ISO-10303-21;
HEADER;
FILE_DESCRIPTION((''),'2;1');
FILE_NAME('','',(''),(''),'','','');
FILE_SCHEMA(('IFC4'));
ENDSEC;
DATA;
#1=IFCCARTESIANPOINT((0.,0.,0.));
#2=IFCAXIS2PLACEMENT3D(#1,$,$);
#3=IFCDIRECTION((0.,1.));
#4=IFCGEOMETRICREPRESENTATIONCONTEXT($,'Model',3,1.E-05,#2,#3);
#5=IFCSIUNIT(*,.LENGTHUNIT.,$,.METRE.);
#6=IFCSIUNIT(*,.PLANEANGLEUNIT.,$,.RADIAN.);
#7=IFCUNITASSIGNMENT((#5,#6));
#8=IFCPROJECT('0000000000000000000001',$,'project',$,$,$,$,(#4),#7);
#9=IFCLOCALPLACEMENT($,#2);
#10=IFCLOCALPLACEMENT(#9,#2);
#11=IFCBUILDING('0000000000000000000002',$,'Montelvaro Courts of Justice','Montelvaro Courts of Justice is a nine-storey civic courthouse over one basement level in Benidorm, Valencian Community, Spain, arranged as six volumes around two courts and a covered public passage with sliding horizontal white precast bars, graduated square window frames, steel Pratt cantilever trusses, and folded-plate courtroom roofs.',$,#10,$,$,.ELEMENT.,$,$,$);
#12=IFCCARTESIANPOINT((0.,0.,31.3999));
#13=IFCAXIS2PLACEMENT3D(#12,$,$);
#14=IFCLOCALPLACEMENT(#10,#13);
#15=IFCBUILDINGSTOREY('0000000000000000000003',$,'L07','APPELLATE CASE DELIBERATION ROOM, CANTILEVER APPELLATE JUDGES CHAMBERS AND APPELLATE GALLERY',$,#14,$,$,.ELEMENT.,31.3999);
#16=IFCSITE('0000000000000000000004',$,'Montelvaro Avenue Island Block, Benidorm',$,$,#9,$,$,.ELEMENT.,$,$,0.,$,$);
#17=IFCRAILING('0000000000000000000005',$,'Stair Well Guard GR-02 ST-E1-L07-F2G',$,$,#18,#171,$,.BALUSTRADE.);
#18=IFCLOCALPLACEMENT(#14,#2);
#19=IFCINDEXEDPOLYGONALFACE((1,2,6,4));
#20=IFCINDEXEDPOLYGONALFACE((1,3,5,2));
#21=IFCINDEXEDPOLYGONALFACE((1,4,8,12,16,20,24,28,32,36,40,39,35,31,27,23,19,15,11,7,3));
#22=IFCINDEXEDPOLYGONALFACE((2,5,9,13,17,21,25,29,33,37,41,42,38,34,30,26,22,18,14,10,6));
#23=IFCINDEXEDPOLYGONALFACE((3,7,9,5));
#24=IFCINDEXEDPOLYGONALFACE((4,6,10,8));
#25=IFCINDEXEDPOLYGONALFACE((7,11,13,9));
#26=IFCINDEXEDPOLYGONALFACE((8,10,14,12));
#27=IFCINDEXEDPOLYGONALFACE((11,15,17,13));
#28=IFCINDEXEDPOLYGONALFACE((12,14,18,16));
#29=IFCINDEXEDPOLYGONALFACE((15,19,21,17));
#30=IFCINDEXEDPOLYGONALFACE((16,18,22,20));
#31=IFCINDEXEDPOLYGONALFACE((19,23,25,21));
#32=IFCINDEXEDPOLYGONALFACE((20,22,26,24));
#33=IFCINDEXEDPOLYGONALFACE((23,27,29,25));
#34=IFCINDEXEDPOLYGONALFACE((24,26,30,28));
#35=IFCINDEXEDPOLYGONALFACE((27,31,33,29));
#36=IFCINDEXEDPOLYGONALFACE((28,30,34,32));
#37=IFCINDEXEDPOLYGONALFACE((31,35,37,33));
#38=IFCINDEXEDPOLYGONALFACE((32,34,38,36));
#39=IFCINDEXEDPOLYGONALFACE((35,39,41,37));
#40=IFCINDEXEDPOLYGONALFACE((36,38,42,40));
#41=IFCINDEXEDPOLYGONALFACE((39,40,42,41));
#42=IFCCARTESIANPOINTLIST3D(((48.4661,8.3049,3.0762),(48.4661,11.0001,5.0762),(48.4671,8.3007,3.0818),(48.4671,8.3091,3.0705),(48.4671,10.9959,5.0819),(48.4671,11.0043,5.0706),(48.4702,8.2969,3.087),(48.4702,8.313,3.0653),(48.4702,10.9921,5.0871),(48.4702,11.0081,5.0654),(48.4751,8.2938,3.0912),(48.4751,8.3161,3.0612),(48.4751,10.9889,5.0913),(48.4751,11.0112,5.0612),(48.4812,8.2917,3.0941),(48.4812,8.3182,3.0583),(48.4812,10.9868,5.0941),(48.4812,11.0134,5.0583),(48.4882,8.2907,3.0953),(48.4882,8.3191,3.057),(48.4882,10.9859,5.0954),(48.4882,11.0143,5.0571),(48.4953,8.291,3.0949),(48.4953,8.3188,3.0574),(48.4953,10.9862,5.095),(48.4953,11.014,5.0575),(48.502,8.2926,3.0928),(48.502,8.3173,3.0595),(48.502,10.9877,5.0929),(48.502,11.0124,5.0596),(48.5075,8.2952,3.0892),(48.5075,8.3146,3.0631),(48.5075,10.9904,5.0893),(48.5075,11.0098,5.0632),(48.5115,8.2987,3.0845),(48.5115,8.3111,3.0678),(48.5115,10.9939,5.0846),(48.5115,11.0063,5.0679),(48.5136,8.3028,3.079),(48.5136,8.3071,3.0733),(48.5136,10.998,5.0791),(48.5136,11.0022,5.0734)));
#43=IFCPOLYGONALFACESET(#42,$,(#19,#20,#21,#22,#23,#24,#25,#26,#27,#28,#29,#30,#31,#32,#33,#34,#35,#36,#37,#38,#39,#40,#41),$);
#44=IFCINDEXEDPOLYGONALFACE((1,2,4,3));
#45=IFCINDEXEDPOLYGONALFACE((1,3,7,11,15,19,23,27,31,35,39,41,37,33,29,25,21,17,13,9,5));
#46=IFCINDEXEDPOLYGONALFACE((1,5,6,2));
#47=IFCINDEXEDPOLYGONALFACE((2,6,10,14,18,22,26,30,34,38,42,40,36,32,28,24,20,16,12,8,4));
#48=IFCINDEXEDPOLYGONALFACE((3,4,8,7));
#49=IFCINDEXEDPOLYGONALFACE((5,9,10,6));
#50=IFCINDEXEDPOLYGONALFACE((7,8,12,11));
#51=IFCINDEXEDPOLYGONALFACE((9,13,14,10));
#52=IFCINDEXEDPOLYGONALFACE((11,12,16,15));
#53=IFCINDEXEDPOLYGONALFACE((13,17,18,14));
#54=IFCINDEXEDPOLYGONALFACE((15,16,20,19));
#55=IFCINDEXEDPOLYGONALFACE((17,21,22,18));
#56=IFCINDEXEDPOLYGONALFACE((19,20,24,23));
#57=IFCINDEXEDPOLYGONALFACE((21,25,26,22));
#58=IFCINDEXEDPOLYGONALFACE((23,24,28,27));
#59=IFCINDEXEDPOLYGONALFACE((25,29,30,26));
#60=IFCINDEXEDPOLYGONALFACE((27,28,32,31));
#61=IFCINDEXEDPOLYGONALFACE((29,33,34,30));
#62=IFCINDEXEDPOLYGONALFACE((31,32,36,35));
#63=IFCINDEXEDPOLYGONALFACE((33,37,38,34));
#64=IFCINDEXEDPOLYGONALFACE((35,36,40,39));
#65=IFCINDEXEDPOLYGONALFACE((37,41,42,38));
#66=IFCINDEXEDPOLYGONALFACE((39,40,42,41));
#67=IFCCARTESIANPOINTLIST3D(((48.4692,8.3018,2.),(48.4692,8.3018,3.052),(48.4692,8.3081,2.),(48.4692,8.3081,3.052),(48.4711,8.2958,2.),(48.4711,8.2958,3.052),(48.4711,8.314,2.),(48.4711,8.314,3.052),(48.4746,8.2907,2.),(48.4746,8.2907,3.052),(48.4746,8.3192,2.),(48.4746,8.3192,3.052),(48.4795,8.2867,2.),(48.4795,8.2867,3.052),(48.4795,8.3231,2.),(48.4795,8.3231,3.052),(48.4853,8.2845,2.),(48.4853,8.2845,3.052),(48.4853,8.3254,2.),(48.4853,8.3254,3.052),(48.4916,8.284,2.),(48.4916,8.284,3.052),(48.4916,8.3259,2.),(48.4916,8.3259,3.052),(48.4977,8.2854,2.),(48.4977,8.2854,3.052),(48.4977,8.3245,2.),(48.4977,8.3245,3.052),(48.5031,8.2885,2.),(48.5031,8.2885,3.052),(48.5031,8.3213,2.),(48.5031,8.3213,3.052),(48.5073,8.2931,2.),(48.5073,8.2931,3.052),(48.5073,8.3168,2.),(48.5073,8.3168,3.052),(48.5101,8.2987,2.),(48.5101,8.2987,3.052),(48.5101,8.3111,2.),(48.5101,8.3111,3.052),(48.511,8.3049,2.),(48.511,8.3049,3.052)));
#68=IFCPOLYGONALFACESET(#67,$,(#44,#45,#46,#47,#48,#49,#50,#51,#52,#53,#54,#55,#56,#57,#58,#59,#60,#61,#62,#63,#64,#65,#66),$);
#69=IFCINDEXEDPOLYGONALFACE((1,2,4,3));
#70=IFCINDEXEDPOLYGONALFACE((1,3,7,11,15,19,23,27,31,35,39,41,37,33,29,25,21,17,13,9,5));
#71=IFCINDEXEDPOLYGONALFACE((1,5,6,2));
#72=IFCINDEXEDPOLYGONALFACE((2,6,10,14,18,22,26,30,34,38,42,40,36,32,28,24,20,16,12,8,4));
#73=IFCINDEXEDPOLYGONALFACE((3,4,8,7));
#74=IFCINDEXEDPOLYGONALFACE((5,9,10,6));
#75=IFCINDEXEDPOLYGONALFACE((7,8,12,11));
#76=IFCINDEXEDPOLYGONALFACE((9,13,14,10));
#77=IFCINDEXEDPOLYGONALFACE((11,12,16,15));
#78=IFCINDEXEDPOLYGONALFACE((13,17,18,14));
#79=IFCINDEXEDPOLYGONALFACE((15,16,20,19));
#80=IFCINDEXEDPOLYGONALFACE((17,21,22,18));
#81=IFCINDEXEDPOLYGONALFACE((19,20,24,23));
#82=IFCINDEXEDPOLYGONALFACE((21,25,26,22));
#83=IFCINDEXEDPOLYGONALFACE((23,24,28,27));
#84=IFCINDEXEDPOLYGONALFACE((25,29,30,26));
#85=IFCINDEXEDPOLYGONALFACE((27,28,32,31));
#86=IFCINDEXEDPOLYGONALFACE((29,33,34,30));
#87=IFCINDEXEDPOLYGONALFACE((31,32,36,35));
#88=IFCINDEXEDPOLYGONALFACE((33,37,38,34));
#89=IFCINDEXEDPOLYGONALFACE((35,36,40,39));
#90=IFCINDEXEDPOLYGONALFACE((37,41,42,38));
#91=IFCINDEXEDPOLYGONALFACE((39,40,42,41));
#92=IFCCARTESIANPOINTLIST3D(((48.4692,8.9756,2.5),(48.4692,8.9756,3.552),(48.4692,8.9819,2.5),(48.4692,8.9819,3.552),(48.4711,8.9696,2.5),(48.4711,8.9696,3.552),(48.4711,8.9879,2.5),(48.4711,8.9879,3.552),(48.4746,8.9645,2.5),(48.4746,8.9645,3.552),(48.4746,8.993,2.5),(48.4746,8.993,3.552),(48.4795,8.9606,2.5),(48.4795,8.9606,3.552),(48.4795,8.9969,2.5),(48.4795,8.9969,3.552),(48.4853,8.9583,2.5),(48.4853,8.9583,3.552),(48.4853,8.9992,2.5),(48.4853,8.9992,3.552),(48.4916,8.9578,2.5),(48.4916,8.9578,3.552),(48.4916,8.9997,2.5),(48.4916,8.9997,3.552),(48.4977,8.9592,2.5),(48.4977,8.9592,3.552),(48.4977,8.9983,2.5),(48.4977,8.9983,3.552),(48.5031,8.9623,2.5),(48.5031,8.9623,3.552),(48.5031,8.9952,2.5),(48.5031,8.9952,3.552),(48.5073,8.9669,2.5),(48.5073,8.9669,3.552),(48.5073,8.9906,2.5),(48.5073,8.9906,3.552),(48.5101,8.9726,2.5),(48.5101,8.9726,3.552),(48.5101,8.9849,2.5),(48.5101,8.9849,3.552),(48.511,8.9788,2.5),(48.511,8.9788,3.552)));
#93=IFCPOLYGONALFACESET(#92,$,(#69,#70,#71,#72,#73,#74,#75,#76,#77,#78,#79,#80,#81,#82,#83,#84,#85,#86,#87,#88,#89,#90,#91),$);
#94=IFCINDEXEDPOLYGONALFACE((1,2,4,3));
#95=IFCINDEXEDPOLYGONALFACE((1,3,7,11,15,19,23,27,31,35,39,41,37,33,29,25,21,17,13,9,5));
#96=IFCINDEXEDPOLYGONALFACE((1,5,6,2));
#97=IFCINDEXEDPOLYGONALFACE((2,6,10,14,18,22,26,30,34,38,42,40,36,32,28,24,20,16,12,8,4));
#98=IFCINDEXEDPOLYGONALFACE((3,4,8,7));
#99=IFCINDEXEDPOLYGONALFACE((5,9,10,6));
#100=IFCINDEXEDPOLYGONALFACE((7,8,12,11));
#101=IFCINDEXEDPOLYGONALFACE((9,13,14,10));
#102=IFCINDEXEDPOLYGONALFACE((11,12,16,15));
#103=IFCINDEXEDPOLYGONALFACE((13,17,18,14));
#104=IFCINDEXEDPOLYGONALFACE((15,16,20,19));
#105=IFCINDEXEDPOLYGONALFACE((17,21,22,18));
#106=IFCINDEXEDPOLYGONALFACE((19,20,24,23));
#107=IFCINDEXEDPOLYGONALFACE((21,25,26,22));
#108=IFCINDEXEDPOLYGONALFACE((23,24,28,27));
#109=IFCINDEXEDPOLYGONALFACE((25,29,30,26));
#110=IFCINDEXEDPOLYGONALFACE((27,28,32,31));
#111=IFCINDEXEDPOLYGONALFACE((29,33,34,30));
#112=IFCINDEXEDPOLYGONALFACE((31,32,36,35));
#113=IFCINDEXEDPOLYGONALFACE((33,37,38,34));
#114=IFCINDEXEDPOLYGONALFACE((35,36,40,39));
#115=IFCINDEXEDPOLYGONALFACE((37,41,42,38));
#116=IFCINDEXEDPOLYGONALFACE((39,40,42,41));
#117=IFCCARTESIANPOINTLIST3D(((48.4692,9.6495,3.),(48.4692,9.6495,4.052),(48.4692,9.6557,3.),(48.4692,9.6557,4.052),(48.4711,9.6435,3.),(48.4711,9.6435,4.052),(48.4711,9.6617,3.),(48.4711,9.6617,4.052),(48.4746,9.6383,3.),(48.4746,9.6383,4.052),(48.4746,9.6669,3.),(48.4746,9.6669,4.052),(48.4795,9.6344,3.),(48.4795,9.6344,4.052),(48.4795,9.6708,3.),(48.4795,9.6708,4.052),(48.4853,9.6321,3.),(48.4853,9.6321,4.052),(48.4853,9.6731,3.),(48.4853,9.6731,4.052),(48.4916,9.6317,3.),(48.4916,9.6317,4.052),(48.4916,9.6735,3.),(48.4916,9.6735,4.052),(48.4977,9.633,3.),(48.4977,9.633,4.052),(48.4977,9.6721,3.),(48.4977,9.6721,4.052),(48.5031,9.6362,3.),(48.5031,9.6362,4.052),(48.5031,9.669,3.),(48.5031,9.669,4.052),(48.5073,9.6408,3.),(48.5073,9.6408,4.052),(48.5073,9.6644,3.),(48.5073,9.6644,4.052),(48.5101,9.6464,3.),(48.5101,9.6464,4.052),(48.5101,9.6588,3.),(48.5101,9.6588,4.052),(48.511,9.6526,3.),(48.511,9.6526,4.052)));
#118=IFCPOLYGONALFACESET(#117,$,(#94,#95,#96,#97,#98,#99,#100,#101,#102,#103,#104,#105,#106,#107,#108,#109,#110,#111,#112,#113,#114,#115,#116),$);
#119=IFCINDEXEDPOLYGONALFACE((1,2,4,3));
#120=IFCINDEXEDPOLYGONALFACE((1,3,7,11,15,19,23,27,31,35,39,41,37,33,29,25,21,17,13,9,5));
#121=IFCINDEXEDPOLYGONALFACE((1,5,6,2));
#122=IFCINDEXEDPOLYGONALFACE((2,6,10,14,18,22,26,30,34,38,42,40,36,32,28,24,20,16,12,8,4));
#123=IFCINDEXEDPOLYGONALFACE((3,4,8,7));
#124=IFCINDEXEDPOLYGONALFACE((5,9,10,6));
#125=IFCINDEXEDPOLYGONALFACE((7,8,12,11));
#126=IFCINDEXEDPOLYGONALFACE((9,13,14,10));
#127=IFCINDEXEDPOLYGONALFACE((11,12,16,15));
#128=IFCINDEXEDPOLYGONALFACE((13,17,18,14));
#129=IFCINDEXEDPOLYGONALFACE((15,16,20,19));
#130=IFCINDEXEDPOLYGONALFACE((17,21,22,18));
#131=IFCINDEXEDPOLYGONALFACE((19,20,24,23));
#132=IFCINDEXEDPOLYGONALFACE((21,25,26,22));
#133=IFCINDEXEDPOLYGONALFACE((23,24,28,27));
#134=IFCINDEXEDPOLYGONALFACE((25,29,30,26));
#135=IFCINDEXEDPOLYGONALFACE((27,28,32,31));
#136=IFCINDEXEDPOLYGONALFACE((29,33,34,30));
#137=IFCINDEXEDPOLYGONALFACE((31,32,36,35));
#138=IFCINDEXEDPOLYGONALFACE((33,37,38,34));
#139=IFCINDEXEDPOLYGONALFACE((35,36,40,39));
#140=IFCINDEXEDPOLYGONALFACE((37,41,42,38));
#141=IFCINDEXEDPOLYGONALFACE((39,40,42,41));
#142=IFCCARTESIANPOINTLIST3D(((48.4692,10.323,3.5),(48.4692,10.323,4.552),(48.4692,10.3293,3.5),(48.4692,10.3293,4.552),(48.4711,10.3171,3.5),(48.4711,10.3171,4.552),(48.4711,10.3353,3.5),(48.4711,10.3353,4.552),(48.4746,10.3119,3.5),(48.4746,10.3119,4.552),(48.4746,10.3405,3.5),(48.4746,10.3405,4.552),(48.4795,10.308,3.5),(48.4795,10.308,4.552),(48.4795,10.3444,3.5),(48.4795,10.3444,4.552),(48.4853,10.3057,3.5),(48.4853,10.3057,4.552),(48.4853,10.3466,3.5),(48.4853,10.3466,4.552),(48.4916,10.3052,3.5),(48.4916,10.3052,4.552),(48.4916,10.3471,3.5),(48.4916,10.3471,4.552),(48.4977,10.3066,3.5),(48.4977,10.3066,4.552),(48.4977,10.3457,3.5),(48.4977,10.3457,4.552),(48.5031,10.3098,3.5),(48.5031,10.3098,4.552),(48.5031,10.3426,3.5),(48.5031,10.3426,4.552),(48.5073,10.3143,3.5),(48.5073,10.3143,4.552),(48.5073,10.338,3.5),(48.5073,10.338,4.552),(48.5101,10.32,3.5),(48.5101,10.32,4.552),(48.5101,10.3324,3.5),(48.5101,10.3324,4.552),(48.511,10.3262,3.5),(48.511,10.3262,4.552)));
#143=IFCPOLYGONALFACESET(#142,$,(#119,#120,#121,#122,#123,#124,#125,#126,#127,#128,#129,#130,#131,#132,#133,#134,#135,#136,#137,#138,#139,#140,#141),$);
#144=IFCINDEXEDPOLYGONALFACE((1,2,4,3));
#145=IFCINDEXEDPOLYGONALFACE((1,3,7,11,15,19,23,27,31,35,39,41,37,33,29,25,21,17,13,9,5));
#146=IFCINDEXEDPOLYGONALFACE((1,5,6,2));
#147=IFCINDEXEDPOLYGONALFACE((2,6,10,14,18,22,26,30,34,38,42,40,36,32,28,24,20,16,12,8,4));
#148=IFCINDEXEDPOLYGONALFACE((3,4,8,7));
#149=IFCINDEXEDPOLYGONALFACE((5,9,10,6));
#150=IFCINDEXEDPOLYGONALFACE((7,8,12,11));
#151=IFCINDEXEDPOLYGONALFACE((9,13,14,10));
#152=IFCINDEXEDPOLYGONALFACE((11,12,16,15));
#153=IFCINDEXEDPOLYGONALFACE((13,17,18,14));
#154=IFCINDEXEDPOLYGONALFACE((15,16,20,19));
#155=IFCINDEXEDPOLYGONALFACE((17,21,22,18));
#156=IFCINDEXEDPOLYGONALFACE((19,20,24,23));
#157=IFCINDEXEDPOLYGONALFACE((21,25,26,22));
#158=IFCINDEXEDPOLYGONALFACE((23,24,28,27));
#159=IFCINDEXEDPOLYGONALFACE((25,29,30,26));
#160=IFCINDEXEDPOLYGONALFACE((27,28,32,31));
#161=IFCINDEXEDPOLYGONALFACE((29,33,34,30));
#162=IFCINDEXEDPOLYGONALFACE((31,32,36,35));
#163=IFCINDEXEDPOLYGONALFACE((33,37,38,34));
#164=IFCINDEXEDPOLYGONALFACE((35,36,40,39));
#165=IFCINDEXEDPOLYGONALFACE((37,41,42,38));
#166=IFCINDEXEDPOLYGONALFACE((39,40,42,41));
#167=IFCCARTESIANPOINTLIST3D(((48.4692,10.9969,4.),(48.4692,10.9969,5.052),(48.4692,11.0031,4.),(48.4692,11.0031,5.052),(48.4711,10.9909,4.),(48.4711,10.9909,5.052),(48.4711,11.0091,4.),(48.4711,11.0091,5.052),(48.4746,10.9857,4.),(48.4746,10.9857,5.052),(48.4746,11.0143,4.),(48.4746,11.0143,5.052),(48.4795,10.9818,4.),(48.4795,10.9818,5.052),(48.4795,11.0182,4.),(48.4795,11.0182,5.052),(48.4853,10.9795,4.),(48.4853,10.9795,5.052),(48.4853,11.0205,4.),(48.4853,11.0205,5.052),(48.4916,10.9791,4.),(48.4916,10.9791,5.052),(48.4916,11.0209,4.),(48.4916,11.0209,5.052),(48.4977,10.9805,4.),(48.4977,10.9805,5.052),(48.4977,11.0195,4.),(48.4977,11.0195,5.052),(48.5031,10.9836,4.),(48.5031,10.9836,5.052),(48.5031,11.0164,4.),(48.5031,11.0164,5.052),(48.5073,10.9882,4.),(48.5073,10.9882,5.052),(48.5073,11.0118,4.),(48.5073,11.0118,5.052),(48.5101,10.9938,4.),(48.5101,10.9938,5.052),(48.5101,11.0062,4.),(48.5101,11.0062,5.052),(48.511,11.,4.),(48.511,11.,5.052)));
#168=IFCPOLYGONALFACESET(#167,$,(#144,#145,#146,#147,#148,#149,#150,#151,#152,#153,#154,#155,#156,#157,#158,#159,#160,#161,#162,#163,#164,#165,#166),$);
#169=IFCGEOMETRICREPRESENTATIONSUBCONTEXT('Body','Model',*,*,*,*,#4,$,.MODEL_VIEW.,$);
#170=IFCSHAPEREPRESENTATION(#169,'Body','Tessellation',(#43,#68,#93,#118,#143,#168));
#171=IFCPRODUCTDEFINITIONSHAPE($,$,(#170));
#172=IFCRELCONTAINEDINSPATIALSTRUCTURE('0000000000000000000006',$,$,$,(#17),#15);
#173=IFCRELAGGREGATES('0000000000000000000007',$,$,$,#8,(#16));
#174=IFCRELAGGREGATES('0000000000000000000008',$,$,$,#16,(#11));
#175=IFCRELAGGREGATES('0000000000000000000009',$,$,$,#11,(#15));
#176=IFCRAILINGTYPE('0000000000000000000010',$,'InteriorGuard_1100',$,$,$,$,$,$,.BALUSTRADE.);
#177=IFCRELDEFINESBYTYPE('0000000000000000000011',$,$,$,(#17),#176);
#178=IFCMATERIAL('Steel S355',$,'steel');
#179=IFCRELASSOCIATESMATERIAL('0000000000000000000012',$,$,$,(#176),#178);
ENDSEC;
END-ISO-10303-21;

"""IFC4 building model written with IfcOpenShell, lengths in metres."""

from ifc_helpers import new_model, si_unit, direction, frame, origin, origin_2d, place, context, subcontext, project, spatial, circle, extrude, material, type_object, element, save


model = new_model("IFC4")

# Units and contexts
model_context = context("Model", 3, precision=1e-05, world=origin(), true_north=direction((0.0, 1.0)))
body_context = subcontext(model_context, "Body", "Model", "MODEL_VIEW")
ifc_project = project(units=[si_unit("LENGTHUNIT", "METRE"), si_unit("PLANEANGLEUNIT", "RADIAN")], contexts=[model_context])

# Site, building, storey
site_placement = place(None, origin())
site = spatial("IfcSite", under=ifc_project, at=site_placement, Name="Montelvaro Avenue Island Block, Benidorm", CompositionType="ELEMENT", RefElevation=0.0)
building_placement = place(site_placement, origin())
building = spatial("IfcBuilding", under=site, at=building_placement, Name="Montelvaro Courts of Justice", Description="Montelvaro Courts of Justice is a nine-storey civic courthouse over one basement level in Benidorm, Valencian Community, Spain, arranged as six volumes around two courts and a covered public passage with sliding horizontal white precast bars, graduated square window frames, steel Pratt cantilever trusses, and folded-plate courtroom roofs.", CompositionType="ELEMENT")
storey_placement = place(building_placement, frame((0.0, 0.0, 31.3999)))
storey = spatial("IfcBuildingStorey", under=building, at=storey_placement, Name="L07", Description="APPELLATE CASE DELIBERATION ROOM, CANTILEVER APPELLATE JUDGES CHAMBERS AND APPELLATE GALLERY", CompositionType="ELEMENT", Elevation=31.3999)

# Shared definitions
ifc_material_1 = material(Name="Steel S355", Category="steel")

# Railing
railing_type = type_object("IfcRailingType", Name="InteriorGuard_1100", PredefinedType="BALUSTRADE", material=ifc_material_1)
railing_1_placement = place(storey_placement, frame((48.49, 8.3049, 2.0)))
element("IfcRailing", 1, at=railing_1_placement, inside=storey, type_object=railing_type, Name="Stair Well Guard GR-02 ST-E1-L07-F2G", PredefinedType="BALUSTRADE", context=body_context, shape_type="SweptSolid", body=[
    extrude(circle(Radius=0.0239, at=origin_2d()), frame((0.0, 0.0, 1.0762), z_axis=(0.0, 0.803036, 0.59593), x_axis=(-1.0, 0.0, 0.0)), (0.0, 0.0, 1.0), 3.3562),
    extrude(circle(Radius=0.021, at=origin_2d()), origin(), (0.0, 0.0, 1.0), 1.052),
    extrude(circle(Radius=0.021, at=origin_2d()), frame((0.0, 0.6738, 0.5)), (0.0, 0.0, 1.0), 1.052),
    extrude(circle(Radius=0.021, at=origin_2d()), frame((0.0, 1.3477, 1.0)), (0.0, 0.0, 1.0), 1.052),
    extrude(circle(Radius=0.021, at=origin_2d()), frame((0.0, 2.0212, 1.5)), (0.0, 0.0, 1.0), 1.052),
    extrude(circle(Radius=0.021, at=origin_2d()), frame((0.0, 2.6951, 2.0)), (0.0, 0.0, 1.0), 1.052),
])

save(model, "model.ifc")
